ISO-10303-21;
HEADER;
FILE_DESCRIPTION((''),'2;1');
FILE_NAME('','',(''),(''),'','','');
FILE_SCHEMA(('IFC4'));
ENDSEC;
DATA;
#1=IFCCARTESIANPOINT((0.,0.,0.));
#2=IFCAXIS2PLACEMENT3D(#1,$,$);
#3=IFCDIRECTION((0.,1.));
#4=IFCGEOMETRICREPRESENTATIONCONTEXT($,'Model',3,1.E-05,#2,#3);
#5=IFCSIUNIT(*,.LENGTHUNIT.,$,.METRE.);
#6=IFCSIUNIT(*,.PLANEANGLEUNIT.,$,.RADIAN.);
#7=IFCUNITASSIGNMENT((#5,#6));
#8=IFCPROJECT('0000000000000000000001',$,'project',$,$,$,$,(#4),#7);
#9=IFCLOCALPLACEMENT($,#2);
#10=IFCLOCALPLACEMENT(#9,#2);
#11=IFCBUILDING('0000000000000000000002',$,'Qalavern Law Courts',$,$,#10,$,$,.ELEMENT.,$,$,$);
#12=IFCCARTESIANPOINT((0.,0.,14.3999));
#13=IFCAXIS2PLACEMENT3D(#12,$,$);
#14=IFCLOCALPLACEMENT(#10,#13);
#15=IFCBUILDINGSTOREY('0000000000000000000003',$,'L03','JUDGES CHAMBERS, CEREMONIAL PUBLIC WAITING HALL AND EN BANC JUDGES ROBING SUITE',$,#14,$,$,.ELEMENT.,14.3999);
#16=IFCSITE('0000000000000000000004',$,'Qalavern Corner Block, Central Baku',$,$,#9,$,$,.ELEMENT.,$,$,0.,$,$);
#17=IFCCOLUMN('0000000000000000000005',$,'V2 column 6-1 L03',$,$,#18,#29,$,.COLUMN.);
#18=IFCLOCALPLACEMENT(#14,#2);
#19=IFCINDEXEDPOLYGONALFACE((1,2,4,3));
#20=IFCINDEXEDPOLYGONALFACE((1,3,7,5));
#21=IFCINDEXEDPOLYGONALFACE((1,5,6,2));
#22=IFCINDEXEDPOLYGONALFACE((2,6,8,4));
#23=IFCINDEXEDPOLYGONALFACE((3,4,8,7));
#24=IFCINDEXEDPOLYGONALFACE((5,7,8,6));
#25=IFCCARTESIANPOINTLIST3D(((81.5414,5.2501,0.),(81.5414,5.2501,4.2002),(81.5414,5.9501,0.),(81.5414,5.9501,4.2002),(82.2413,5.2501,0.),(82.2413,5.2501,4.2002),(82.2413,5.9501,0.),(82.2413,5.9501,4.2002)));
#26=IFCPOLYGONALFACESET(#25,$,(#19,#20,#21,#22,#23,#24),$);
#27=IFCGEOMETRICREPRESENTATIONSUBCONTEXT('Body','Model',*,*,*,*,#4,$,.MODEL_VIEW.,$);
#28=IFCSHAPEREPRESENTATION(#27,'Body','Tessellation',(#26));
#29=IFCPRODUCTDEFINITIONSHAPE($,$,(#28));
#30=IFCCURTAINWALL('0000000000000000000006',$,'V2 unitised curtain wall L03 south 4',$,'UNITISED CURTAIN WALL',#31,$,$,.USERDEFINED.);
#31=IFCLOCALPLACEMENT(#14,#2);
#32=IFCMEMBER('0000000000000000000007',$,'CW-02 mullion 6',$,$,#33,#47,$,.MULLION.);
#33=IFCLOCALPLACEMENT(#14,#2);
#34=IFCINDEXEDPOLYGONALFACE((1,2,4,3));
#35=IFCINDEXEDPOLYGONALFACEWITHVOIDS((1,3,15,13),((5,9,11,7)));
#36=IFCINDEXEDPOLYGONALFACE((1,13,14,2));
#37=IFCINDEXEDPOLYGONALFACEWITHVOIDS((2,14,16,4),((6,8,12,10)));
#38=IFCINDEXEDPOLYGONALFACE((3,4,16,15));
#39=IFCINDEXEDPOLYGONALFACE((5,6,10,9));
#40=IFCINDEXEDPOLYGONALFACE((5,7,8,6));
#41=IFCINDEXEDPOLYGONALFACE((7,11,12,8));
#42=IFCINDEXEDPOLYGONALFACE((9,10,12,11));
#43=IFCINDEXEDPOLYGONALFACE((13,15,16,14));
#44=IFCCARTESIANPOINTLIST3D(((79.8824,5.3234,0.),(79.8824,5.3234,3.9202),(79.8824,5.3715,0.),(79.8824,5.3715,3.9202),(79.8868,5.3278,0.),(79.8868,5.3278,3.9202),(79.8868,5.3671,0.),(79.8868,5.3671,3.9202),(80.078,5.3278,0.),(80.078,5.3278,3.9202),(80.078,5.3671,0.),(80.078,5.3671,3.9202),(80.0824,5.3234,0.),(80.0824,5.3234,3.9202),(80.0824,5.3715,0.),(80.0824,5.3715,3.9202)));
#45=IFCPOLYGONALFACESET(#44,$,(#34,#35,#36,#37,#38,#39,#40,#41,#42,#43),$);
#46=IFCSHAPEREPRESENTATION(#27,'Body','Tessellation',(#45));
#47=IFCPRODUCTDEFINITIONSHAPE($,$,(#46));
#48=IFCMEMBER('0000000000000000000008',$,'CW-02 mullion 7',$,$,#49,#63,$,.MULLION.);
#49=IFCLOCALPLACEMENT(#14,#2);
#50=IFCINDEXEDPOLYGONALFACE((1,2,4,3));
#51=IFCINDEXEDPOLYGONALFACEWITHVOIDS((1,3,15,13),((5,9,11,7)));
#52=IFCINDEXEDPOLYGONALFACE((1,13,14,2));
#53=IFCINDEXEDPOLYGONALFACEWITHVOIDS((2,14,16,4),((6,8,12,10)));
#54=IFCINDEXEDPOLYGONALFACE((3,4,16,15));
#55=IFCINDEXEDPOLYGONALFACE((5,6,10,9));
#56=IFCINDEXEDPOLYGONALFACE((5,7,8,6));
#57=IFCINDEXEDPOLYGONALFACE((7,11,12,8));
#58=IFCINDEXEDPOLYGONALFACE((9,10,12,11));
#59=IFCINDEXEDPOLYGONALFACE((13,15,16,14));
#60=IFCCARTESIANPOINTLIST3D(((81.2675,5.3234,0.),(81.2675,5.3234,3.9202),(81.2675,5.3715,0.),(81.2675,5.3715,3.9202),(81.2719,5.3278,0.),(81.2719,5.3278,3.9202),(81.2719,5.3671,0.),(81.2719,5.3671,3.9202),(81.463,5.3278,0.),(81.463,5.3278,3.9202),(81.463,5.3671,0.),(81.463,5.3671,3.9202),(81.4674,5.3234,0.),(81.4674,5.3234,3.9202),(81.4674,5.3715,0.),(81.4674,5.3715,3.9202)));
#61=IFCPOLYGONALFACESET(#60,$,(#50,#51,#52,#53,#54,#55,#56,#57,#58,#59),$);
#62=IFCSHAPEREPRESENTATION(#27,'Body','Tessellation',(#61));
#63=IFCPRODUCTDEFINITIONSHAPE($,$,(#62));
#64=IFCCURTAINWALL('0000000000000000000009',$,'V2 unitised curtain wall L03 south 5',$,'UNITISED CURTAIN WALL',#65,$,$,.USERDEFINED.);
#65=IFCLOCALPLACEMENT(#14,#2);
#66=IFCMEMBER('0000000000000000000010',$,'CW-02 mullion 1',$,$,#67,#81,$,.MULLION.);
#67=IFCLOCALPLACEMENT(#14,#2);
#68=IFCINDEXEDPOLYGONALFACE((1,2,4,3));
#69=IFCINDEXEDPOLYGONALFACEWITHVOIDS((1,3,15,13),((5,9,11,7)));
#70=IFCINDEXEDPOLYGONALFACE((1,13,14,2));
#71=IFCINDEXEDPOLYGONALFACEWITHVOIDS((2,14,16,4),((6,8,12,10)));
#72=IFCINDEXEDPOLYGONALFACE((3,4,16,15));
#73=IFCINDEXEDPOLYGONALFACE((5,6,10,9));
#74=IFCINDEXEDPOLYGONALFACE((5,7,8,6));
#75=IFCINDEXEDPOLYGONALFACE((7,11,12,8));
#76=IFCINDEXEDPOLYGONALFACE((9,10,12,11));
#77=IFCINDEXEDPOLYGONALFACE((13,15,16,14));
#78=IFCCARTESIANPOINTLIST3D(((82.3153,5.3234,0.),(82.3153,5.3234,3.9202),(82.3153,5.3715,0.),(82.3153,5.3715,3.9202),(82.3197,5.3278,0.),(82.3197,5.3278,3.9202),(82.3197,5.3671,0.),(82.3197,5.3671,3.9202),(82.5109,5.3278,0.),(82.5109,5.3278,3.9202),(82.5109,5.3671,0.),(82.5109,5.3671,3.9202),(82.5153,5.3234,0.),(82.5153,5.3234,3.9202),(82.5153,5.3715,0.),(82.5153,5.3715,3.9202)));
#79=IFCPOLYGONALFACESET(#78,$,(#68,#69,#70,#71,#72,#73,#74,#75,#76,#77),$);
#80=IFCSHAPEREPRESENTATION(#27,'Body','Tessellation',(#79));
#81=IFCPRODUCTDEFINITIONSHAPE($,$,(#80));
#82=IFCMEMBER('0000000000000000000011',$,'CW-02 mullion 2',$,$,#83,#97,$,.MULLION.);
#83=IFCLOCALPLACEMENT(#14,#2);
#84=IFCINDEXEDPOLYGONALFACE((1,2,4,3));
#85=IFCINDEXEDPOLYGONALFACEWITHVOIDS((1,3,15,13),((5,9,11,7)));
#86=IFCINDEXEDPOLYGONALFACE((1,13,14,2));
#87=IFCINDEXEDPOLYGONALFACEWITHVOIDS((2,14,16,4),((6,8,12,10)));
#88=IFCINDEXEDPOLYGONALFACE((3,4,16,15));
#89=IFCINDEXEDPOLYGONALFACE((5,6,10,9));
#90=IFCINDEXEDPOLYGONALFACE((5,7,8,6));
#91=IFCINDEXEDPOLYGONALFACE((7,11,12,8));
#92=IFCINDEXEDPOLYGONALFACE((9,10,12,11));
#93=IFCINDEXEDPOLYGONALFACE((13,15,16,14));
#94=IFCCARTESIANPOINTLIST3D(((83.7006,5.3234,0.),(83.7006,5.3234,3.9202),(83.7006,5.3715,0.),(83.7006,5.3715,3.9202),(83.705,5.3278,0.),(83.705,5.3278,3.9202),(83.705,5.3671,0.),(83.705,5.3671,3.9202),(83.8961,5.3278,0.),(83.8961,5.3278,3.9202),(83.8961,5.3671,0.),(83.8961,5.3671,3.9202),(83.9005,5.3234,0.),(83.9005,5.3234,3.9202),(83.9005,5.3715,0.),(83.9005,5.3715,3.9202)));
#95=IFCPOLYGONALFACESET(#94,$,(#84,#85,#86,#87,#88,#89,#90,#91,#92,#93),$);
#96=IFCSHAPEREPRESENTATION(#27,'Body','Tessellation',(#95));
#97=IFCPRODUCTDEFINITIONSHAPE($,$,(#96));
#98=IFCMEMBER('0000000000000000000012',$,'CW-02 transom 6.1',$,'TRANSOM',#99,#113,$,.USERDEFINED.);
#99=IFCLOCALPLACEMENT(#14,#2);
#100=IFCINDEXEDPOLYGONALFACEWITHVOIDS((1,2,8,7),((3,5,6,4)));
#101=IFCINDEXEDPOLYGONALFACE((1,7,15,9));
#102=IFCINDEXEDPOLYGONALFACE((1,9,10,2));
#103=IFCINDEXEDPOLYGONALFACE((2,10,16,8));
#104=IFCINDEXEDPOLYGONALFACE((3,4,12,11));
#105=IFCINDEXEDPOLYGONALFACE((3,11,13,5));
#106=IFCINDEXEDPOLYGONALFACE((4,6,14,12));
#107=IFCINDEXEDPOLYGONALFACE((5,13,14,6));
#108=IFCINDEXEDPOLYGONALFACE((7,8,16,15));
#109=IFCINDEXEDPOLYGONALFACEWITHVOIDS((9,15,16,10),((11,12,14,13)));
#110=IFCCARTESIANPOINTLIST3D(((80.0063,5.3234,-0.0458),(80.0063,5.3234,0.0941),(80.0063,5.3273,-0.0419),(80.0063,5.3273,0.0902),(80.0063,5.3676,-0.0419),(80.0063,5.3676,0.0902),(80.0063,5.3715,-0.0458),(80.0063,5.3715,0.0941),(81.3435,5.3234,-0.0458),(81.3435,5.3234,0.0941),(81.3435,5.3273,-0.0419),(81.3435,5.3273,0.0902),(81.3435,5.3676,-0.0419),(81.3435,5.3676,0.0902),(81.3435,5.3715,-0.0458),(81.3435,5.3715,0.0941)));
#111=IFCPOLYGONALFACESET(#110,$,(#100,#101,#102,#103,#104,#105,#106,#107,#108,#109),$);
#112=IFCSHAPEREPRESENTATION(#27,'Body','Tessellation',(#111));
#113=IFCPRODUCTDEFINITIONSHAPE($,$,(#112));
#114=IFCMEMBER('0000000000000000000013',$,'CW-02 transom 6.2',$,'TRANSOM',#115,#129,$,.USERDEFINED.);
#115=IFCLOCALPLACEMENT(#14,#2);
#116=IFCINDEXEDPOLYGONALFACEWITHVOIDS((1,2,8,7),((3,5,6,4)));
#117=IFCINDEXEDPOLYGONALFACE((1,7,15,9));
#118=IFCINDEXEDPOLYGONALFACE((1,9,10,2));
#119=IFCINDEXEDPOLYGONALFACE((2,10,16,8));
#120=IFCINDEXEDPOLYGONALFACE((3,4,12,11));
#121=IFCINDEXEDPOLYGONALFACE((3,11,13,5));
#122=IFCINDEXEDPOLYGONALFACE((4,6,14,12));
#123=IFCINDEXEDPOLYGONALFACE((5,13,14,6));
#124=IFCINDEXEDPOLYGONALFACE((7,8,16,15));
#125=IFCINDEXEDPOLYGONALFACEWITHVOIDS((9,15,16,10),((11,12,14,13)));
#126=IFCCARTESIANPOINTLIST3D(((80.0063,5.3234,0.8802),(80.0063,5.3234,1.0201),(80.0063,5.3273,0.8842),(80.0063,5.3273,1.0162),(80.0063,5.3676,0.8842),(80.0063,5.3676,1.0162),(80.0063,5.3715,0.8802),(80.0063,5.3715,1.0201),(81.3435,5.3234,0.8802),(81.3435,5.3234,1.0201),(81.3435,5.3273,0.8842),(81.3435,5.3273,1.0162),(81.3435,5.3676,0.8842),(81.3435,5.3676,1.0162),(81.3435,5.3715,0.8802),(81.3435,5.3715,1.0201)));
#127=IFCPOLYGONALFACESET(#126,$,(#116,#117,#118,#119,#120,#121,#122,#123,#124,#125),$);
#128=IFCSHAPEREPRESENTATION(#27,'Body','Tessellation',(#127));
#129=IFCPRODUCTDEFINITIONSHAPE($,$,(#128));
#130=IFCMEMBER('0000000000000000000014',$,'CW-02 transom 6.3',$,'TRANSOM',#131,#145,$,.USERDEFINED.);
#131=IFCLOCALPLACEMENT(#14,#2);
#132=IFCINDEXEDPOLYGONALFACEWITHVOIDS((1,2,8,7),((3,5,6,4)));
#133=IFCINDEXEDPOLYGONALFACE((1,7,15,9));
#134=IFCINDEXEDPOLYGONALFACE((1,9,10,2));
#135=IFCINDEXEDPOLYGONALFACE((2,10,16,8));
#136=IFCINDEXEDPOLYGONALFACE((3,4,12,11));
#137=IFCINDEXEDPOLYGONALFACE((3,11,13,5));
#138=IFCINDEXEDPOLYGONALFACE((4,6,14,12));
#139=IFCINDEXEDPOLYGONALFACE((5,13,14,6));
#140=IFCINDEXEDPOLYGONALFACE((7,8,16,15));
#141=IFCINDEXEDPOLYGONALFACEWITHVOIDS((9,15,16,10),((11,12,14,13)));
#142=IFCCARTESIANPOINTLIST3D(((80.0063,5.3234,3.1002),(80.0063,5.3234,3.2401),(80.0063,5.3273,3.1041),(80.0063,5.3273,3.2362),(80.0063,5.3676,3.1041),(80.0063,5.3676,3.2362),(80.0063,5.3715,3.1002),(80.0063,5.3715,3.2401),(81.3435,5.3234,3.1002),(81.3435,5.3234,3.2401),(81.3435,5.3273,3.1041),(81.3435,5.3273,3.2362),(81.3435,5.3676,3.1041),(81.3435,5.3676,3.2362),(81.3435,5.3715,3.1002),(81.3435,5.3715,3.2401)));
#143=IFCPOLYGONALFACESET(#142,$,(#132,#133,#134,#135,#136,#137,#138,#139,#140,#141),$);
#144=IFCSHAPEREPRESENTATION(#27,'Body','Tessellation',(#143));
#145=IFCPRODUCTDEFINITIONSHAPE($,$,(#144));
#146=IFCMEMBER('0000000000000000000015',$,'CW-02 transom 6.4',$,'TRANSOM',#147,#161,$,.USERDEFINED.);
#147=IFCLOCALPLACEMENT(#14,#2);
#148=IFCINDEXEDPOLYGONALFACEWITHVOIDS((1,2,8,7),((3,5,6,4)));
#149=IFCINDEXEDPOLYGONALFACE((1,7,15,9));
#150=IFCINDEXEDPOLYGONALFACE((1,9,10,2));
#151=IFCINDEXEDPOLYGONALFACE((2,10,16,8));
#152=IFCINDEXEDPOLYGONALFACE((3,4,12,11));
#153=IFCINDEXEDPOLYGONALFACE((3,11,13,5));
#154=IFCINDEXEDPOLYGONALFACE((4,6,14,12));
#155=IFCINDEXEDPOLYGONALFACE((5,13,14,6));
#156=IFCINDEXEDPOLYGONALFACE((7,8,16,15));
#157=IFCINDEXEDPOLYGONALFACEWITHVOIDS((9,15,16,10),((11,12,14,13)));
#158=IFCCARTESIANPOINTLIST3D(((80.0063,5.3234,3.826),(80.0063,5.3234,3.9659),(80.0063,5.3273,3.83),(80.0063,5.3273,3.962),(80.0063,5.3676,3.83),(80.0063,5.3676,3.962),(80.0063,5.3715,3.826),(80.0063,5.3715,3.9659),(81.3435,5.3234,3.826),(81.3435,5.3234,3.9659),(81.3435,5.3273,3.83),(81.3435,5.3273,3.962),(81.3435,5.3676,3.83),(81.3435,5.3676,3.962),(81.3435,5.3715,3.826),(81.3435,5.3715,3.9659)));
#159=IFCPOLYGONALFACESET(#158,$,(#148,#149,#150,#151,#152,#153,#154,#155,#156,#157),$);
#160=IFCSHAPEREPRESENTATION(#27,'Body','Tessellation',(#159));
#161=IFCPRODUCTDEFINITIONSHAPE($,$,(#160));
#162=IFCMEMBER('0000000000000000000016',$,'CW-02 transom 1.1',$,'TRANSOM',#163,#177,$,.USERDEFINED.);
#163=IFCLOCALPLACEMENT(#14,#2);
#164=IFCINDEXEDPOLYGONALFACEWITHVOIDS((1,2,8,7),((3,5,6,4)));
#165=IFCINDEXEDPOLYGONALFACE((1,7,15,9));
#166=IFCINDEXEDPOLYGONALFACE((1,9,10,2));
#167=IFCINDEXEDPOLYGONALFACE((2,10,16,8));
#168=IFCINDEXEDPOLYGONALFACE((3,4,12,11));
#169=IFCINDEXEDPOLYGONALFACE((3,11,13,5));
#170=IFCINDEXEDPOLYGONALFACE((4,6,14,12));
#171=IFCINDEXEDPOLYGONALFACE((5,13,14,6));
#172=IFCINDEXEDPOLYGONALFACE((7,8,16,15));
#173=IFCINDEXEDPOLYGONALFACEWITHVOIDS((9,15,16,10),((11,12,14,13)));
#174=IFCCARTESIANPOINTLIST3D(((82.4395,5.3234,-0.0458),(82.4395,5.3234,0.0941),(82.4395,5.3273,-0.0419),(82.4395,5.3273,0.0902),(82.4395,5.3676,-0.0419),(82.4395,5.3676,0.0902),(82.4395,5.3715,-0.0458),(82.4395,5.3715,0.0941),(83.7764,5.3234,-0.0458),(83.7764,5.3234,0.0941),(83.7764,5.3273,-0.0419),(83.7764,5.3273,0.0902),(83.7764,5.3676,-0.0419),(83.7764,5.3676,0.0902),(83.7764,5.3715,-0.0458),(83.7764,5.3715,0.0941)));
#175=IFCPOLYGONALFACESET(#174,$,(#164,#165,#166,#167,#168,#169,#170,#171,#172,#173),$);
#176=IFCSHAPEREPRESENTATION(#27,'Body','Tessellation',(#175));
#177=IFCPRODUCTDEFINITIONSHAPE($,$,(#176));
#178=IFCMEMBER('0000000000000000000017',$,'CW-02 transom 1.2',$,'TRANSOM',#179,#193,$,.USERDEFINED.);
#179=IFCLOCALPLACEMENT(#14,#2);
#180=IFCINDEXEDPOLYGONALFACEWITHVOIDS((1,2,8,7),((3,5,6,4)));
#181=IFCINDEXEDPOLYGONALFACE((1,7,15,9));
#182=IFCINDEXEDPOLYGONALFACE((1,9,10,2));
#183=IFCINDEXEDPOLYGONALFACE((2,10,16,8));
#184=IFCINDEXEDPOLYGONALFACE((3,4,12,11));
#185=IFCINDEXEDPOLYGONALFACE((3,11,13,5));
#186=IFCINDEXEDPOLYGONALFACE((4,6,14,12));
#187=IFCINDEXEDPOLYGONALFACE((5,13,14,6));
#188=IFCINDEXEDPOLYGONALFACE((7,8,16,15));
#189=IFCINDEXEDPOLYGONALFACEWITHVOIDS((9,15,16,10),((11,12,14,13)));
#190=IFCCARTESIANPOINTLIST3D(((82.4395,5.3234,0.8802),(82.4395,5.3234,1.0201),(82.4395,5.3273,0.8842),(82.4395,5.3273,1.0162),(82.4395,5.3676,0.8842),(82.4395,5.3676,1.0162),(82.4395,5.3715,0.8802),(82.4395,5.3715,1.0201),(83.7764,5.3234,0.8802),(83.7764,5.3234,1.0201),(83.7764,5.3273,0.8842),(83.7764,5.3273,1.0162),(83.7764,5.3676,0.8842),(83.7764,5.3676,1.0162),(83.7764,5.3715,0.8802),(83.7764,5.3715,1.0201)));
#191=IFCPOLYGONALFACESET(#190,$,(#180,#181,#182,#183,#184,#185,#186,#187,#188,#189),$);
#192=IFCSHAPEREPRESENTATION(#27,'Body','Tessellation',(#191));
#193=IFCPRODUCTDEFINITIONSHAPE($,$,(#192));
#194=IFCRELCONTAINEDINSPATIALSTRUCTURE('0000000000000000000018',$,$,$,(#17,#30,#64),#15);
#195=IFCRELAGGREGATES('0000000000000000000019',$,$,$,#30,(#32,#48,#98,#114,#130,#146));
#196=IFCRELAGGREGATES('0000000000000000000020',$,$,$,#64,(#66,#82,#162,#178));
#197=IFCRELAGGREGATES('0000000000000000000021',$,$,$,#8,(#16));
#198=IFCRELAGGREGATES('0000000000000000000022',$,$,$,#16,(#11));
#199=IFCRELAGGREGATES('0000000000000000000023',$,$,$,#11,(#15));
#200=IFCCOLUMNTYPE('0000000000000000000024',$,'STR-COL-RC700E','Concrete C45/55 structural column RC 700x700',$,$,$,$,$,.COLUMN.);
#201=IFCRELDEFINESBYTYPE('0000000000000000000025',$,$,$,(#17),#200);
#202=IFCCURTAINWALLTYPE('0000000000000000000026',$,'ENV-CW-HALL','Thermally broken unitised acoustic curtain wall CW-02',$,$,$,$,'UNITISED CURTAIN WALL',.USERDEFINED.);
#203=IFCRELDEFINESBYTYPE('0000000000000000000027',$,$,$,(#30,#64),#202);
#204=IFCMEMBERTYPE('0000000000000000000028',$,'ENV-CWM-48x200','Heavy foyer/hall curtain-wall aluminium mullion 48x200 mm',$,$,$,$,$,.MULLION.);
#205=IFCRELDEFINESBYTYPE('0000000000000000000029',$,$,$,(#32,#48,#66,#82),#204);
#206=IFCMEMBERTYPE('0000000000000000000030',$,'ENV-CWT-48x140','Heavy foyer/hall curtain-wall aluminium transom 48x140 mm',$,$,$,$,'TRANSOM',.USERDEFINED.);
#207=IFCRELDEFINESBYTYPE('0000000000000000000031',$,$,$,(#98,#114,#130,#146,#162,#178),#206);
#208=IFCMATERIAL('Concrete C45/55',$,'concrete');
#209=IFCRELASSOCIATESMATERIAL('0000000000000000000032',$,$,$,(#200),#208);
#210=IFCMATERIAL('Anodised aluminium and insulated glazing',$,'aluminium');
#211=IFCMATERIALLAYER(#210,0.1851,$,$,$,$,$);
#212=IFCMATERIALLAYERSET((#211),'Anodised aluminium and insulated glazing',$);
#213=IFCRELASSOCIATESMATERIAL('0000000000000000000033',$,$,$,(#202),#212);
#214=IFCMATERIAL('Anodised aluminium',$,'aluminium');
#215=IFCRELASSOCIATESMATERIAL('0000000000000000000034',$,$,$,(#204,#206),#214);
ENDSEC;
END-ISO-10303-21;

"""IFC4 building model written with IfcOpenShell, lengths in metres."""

from ifc_helpers import new_model, si_unit, direction, frame, origin, origin_2d, place, context, subcontext, project, spatial, rectangle, hollow_rectangle, extrude, material, layer, layer_set, material_profile, profile_set, type_object, element, aggregate, save


model = new_model("IFC4")

# Units and contexts
model_context = context("Model", 3, precision=1e-05, world=origin(), true_north=direction((0.0, 1.0)))
body_context = subcontext(model_context, "Body", "Model", "MODEL_VIEW")
ifc_project = project(units=[si_unit("LENGTHUNIT", "METRE"), si_unit("PLANEANGLEUNIT", "RADIAN")], contexts=[model_context])

# Site, building, storey
site_placement = place(None, origin())
site = spatial("IfcSite", under=ifc_project, at=site_placement, Name="Qalavern Corner Block, Central Baku", CompositionType="ELEMENT", RefElevation=0.0)
building_placement = place(site_placement, origin())
building = spatial("IfcBuilding", under=site, at=building_placement, Name="Qalavern Law Courts", CompositionType="ELEMENT")
storey_placement = place(building_placement, frame((0.0, 0.0, 14.3999)))
storey = spatial("IfcBuildingStorey", under=building, at=storey_placement, Name="L03", Description="JUDGES CHAMBERS, CEREMONIAL PUBLIC WAITING HALL AND EN BANC JUDGES ROBING SUITE", CompositionType="ELEMENT", Elevation=14.3999)

# Column
ifc_material_1 = material(Name="Concrete C45/55", Category="concrete")
ifc_material_profile_1 = material_profile(ifc_material_1, rectangle(XDim=0.7, YDim=0.7, at=origin_2d()), Name="RC 700x700")
ifc_profile_set_1 = profile_set([ifc_material_profile_1], Name="Concrete C45/55")
column_type = type_object("IfcColumnType", Name="STR-COL-RC700E", Description="Concrete C45/55 structural column RC 700x700", PredefinedType="COLUMN", material=ifc_profile_set_1)
column_placement = place(storey_placement, frame((81.8914, 5.6001, 0.0), z_axis=(0.0, 0.0, 1.0), x_axis=(1.0, 0.0, 0.0)))
element("IfcColumn", 1, at=column_placement, inside=storey, type_object=column_type, Name="V2 column 6-1 L03", PredefinedType="COLUMN", context=body_context, shape_type="SweptSolid", body=[
    extrude(rectangle(XDim=0.7, YDim=0.7, at=origin_2d()), origin(), (0.0, 0.0, 1.0), 4.2002),
])

# Curtain walls, members
ifc_material_2 = material(Name="Anodised aluminium and insulated glazing", Category="aluminium")
ifc_layer_1 = layer(ifc_material_2, 0.1851)
ifc_layer_set_1 = layer_set([ifc_layer_1], Name="Anodised aluminium and insulated glazing")
curtain_wall_type = type_object("IfcCurtainWallType", Name="ENV-CW-HALL", Description="Thermally broken unitised acoustic curtain wall CW-02", ElementType="UNITISED CURTAIN WALL", PredefinedType="USERDEFINED", material=ifc_layer_set_1)
curtain_wall_1_placement = place(storey_placement, origin())
curtain_wall_1 = element("IfcCurtainWall", 2, at=curtain_wall_1_placement, inside=storey, type_object=curtain_wall_type, Name="V2 unitised curtain wall L03 south 4", ObjectType="UNITISED CURTAIN WALL", PredefinedType="USERDEFINED")
ifc_material_3 = material(Name="Anodised aluminium", Category="aluminium")
ifc_material_profile_2 = material_profile(ifc_material_3, hollow_rectangle(XDim=0.0481, YDim=0.2, WallThickness=0.0044, at=origin_2d()), Name="ALU MULLION 48x200")
ifc_profile_set_2 = profile_set([ifc_material_profile_2], Name="Anodised aluminium")
member_type_1 = type_object("IfcMemberType", Name="ENV-CWM-48x200", Description="Heavy foyer/hall curtain-wall aluminium mullion 48x200 mm", PredefinedType="MULLION", material=ifc_profile_set_2)
member_1_placement = place(storey_placement, frame((79.9824, 5.3474, 0.0), z_axis=(0.0, 0.0, 1.0), x_axis=(0.0, 1.0, 0.0)))
member_1 = element("IfcMember", 3, at=member_1_placement, type_object=member_type_1, Name="CW-02 mullion 6", PredefinedType="MULLION", context=body_context, shape_type="SweptSolid", body=[
    extrude(hollow_rectangle(XDim=0.0481, YDim=0.2, WallThickness=0.0044, at=origin_2d()), origin(), (0.0, 0.0, 1.0), 3.9202),
])
member_2_placement = place(storey_placement, frame((81.3674, 5.3474, 0.0), z_axis=(0.0, 0.0, 1.0), x_axis=(0.0, 1.0, 0.0)))
member_2 = element("IfcMember", 4, at=member_2_placement, type_object=member_type_1, Name="CW-02 mullion 7", PredefinedType="MULLION", context=body_context, shape_type="SweptSolid", body=[
    extrude(hollow_rectangle(XDim=0.0481, YDim=0.2, WallThickness=0.0044, at=origin_2d()), origin(), (0.0, 0.0, 1.0), 3.9202),
])
curtain_wall_2_placement = place(storey_placement, origin())
curtain_wall_2 = element("IfcCurtainWall", 5, at=curtain_wall_2_placement, inside=storey, type_object=curtain_wall_type, Name="V2 unitised curtain wall L03 south 5", ObjectType="UNITISED CURTAIN WALL", PredefinedType="USERDEFINED")
member_3_placement = place(storey_placement, frame((82.4153, 5.3474, 0.0), z_axis=(0.0, 0.0, 1.0), x_axis=(0.0, 1.0, 0.0)))
member_3 = element("IfcMember", 6, at=member_3_placement, type_object=member_type_1, Name="CW-02 mullion 1", PredefinedType="MULLION", context=body_context, shape_type="SweptSolid", body=[
    extrude(hollow_rectangle(XDim=0.0481, YDim=0.2, WallThickness=0.0044, at=origin_2d()), origin(), (0.0, 0.0, 1.0), 3.9202),
])
member_4_placement = place(storey_placement, frame((83.8005, 5.3474, 0.0), z_axis=(0.0, 0.0, 1.0), x_axis=(0.0, 1.0, 0.0)))
member_4 = element("IfcMember", 7, at=member_4_placement, type_object=member_type_1, Name="CW-02 mullion 2", PredefinedType="MULLION", context=body_context, shape_type="SweptSolid", body=[
    extrude(hollow_rectangle(XDim=0.0481, YDim=0.2, WallThickness=0.0044, at=origin_2d()), origin(), (0.0, 0.0, 1.0), 3.9202),
])

# Members
ifc_material_profile_3 = material_profile(ifc_material_3, hollow_rectangle(XDim=0.0481, YDim=0.1399, WallThickness=0.0039, at=origin_2d()), Name="ALU TRANSOM 48x140")
ifc_profile_set_3 = profile_set([ifc_material_profile_3], Name="Anodised aluminium")
member_type_2 = type_object("IfcMemberType", Name="ENV-CWT-48x140", Description="Heavy foyer/hall curtain-wall aluminium transom 48x140 mm", ElementType="TRANSOM", PredefinedType="USERDEFINED", material=ifc_profile_set_3)
member_5_placement = place(storey_placement, frame((80.0063, 5.3474, 0.0242), z_axis=(1.0, 0.0, 0.0), x_axis=(0.0, 1.0, 0.0)))
member_5 = element("IfcMember", 8, at=member_5_placement, type_object=member_type_2, Name="CW-02 transom 6.1", ObjectType="TRANSOM", PredefinedType="USERDEFINED", context=body_context, shape_type="SweptSolid", body=[
    extrude(hollow_rectangle(XDim=0.0481, YDim=0.1399, WallThickness=0.0039, at=origin_2d()), origin(), (0.0, 0.0, 1.0), 1.3372),
])
member_6_placement = place(storey_placement, frame((80.0063, 5.3474, 0.9502), z_axis=(1.0, 0.0, 0.0), x_axis=(0.0, 1.0, 0.0)))
member_6 = element("IfcMember", 9, at=member_6_placement, type_object=member_type_2, Name="CW-02 transom 6.2", ObjectType="TRANSOM", PredefinedType="USERDEFINED", context=body_context, shape_type="SweptSolid", body=[
    extrude(hollow_rectangle(XDim=0.0481, YDim=0.1399, WallThickness=0.0039, at=origin_2d()), origin(), (0.0, 0.0, 1.0), 1.3372),
])
member_7_placement = place(storey_placement, frame((80.0063, 5.3474, 3.1702), z_axis=(1.0, 0.0, 0.0), x_axis=(0.0, 1.0, 0.0)))
member_7 = element("IfcMember", 10, at=member_7_placement, type_object=member_type_2, Name="CW-02 transom 6.3", ObjectType="TRANSOM", PredefinedType="USERDEFINED", context=body_context, shape_type="SweptSolid", body=[
    extrude(hollow_rectangle(XDim=0.0481, YDim=0.1399, WallThickness=0.0039, at=origin_2d()), origin(), (0.0, 0.0, 1.0), 1.3372),
])
member_8_placement = place(storey_placement, frame((80.0063, 5.3474, 3.896), z_axis=(1.0, 0.0, 0.0), x_axis=(0.0, 1.0, 0.0)))
member_8 = element("IfcMember", 11, at=member_8_placement, type_object=member_type_2, Name="CW-02 transom 6.4", ObjectType="TRANSOM", PredefinedType="USERDEFINED", context=body_context, shape_type="SweptSolid", body=[
    extrude(hollow_rectangle(XDim=0.0481, YDim=0.1399, WallThickness=0.0039, at=origin_2d()), origin(), (0.0, 0.0, 1.0), 1.3372),
])
member_9_placement = place(storey_placement, frame((82.4395, 5.3474, 0.0242), z_axis=(1.0, 0.0, 0.0), x_axis=(0.0, 1.0, 0.0)))
member_9 = element("IfcMember", 12, at=member_9_placement, type_object=member_type_2, Name="CW-02 transom 1.1", ObjectType="TRANSOM", PredefinedType="USERDEFINED", context=body_context, shape_type="SweptSolid", body=[
    extrude(hollow_rectangle(XDim=0.0481, YDim=0.1399, WallThickness=0.0039, at=origin_2d()), origin(), (0.0, 0.0, 1.0), 1.3369),
])
member_10_placement = place(storey_placement, frame((82.4395, 5.3474, 0.9502), z_axis=(1.0, 0.0, 0.0), x_axis=(0.0, 1.0, 0.0)))
member_10 = element("IfcMember", 13, at=member_10_placement, type_object=member_type_2, Name="CW-02 transom 1.2", ObjectType="TRANSOM", PredefinedType="USERDEFINED", context=body_context, shape_type="SweptSolid", body=[
    extrude(hollow_rectangle(XDim=0.0481, YDim=0.1399, WallThickness=0.0039, at=origin_2d()), origin(), (0.0, 0.0, 1.0), 1.3369),
])

aggregate(curtain_wall_1, [member_1, member_2, member_5, member_6, member_7, member_8])
aggregate(curtain_wall_2, [member_3, member_4, member_9, member_10])

save(model, "model.ifc")
